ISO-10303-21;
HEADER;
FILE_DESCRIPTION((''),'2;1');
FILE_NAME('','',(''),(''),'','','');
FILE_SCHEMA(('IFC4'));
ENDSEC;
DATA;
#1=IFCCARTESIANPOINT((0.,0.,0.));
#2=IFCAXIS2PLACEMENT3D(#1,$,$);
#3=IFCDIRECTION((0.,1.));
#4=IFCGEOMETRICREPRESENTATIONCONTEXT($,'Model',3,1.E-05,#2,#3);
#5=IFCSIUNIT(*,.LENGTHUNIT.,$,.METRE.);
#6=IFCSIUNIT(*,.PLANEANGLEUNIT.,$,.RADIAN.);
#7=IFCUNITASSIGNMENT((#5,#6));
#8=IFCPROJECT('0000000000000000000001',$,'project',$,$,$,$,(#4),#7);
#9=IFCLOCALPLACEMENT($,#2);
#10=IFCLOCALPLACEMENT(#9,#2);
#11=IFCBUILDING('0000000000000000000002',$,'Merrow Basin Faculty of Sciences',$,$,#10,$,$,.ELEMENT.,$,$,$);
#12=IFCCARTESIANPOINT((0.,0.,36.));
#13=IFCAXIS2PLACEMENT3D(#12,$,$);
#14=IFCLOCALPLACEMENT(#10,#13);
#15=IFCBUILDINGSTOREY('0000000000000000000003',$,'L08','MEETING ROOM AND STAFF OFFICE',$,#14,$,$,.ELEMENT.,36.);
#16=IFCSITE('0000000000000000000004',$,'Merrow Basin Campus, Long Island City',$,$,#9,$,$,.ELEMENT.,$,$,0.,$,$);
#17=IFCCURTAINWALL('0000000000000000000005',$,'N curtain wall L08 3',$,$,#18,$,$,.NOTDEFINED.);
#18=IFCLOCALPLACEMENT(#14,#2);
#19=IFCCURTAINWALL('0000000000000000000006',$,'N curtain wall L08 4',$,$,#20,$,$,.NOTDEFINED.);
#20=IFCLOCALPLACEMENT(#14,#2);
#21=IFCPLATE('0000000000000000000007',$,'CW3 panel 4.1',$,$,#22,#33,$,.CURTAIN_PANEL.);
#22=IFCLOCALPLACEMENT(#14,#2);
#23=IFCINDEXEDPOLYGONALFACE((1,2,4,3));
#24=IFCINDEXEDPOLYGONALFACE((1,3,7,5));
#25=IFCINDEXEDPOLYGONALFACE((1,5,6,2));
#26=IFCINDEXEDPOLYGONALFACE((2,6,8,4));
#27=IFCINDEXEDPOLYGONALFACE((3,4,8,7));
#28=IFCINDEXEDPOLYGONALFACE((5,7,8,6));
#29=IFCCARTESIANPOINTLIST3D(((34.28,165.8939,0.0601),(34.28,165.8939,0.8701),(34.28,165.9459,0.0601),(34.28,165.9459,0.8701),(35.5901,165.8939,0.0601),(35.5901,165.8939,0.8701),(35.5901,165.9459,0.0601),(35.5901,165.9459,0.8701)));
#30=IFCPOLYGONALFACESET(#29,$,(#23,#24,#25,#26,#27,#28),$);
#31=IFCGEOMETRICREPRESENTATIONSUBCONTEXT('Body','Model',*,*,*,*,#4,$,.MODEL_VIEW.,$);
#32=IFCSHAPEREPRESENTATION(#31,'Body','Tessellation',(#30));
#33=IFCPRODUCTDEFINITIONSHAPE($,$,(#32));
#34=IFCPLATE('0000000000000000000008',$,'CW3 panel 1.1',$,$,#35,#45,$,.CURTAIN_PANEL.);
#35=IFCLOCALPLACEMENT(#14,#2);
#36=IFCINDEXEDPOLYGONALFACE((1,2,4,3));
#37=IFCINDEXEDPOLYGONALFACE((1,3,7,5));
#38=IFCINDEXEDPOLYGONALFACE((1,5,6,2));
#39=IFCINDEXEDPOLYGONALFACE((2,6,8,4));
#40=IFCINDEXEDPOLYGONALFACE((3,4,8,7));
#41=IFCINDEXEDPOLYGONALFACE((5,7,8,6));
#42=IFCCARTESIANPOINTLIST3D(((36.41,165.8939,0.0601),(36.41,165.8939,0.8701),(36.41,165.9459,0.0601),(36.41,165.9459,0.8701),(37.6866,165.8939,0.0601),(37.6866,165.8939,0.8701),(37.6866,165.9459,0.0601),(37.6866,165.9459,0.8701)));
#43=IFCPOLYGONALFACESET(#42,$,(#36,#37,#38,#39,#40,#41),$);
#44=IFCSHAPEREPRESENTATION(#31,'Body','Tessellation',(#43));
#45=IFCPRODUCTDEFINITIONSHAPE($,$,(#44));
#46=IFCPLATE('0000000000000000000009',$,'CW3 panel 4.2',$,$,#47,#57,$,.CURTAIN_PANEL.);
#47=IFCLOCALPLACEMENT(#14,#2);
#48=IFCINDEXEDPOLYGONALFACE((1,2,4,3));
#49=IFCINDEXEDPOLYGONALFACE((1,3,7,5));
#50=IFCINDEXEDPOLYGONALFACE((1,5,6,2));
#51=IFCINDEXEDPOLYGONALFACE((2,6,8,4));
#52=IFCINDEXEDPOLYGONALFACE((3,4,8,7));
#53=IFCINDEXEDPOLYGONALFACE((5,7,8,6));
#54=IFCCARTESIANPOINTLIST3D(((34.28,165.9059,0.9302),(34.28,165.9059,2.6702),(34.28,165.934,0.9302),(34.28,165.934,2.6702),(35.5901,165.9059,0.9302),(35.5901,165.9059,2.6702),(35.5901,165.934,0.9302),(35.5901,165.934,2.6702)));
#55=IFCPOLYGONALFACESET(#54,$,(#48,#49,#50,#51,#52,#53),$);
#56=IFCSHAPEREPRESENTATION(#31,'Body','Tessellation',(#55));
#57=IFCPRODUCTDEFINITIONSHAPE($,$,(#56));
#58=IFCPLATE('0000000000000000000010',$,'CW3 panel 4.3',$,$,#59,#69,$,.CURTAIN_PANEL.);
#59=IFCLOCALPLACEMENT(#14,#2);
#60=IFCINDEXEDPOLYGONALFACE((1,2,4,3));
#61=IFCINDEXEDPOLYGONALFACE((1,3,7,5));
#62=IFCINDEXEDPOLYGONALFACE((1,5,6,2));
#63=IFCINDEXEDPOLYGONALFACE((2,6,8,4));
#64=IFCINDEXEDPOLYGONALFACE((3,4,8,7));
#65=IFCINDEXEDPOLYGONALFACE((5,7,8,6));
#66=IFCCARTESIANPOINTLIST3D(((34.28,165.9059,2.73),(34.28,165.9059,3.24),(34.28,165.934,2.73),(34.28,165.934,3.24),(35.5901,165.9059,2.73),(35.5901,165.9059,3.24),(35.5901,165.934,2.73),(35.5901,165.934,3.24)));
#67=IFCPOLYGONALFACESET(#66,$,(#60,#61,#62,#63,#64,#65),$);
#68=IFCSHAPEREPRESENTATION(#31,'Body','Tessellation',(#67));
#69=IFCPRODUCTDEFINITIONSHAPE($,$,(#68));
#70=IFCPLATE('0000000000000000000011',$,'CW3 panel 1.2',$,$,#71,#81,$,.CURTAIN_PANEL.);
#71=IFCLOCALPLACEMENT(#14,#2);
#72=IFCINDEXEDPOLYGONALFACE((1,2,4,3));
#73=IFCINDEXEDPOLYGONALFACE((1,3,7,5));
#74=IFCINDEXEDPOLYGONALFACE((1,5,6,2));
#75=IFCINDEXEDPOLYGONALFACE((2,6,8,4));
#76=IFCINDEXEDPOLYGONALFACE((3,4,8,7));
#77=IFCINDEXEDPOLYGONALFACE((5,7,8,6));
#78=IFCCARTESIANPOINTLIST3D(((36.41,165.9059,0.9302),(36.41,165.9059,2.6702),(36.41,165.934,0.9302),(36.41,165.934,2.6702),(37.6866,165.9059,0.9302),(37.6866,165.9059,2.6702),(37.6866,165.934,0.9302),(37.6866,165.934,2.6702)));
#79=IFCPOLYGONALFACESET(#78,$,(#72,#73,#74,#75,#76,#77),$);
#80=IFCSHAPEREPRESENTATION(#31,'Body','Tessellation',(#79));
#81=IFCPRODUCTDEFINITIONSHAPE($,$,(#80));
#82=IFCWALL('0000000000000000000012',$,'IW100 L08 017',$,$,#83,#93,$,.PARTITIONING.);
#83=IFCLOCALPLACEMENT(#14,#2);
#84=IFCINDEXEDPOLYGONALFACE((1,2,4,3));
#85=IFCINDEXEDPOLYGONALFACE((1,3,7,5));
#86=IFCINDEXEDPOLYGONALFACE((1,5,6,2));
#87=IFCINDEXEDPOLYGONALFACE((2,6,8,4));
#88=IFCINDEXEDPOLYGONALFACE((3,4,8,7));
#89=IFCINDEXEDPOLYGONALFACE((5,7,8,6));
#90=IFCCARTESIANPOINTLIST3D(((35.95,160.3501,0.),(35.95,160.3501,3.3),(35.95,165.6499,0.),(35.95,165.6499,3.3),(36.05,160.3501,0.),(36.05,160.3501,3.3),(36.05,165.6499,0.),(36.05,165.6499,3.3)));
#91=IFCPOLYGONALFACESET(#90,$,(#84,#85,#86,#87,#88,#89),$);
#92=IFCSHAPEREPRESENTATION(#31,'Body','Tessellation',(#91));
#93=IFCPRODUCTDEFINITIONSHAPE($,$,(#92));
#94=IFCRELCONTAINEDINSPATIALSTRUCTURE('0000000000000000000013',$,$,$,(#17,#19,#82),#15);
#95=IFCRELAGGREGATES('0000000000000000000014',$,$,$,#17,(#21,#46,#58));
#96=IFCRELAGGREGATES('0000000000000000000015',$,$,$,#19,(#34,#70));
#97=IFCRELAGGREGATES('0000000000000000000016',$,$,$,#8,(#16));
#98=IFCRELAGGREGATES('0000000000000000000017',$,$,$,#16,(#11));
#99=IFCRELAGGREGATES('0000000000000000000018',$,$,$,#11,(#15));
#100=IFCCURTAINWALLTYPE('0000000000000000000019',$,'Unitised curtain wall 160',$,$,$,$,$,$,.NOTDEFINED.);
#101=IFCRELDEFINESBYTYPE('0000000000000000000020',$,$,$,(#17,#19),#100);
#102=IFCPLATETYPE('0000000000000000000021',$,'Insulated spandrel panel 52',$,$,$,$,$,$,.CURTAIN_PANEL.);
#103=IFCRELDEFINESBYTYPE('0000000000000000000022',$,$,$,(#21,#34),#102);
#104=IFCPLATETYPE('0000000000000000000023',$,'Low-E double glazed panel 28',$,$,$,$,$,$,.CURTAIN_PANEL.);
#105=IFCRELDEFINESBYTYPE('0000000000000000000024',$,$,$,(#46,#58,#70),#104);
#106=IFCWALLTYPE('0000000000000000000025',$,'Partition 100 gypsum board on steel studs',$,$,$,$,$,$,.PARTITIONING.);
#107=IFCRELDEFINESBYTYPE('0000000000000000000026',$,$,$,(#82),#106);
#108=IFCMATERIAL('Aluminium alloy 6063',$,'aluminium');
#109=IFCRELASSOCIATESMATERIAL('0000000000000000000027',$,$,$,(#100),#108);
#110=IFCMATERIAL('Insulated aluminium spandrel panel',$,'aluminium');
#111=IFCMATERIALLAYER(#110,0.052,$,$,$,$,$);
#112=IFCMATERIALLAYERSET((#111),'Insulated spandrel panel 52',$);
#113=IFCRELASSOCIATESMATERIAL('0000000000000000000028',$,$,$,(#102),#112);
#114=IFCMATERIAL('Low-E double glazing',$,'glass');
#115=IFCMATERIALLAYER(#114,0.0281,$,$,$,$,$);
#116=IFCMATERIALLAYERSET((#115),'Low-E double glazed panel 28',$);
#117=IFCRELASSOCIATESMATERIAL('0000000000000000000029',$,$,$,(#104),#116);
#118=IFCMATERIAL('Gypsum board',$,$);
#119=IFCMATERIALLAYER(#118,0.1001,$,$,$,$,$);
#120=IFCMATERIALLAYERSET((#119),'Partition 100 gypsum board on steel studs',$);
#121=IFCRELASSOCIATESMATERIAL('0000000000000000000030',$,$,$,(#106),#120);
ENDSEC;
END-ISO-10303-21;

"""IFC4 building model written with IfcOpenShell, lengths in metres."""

from ifc_helpers import new_model, si_unit, direction, frame, frame_2d, origin, origin_2d, place, context, subcontext, project, spatial, rectangle, extrude, material, layer, layer_set, type_object, element, aggregate, save


model = new_model("IFC4")

# Units and contexts
model_context = context("Model", 3, precision=1e-05, world=origin(), true_north=direction((0.0, 1.0)))
body_context = subcontext(model_context, "Body", "Model", "MODEL_VIEW")
ifc_project = project(units=[si_unit("LENGTHUNIT", "METRE"), si_unit("PLANEANGLEUNIT", "RADIAN")], contexts=[model_context])

# Site, building, storey
site_placement = place(None, origin())
site = spatial("IfcSite", under=ifc_project, at=site_placement, Name="Merrow Basin Campus, Long Island City", CompositionType="ELEMENT", RefElevation=0.0)
building_placement = place(site_placement, origin())
building = spatial("IfcBuilding", under=site, at=building_placement, Name="Merrow Basin Faculty of Sciences", CompositionType="ELEMENT")
storey_placement = place(building_placement, frame((0.0, 0.0, 36.0)))
storey = spatial("IfcBuildingStorey", under=building, at=storey_placement, Name="L08", Description="MEETING ROOM AND STAFF OFFICE", CompositionType="ELEMENT", Elevation=36.0)

# Curtain walls
ifc_material_1 = material(Name="Aluminium alloy 6063", Category="aluminium")
curtain_wall_type = type_object("IfcCurtainWallType", Name="Unitised curtain wall 160", PredefinedType="NOTDEFINED", material=ifc_material_1)
curtain_wall_1_placement = place(storey_placement, origin())
curtain_wall_1 = element("IfcCurtainWall", 1, at=curtain_wall_1_placement, inside=storey, type_object=curtain_wall_type, Name="N curtain wall L08 3", PredefinedType="NOTDEFINED")
curtain_wall_2_placement = place(storey_placement, origin())
curtain_wall_2 = element("IfcCurtainWall", 2, at=curtain_wall_2_placement, inside=storey, type_object=curtain_wall_type, Name="N curtain wall L08 4", PredefinedType="NOTDEFINED")

# Plates
ifc_material_2 = material(Name="Insulated aluminium spandrel panel", Category="aluminium")
ifc_layer_1 = layer(ifc_material_2, 0.052)
ifc_layer_set_1 = layer_set([ifc_layer_1], Name="Insulated spandrel panel 52")
plate_type_1 = type_object("IfcPlateType", Name="Insulated spandrel panel 52", PredefinedType="CURTAIN_PANEL", material=ifc_layer_set_1)
plate_1_placement = place(storey_placement, frame((34.9351, 165.9199, 0.0601), z_axis=(0.0, 0.0, 1.0), x_axis=(1.0, 0.0, 0.0)))
plate_1 = element("IfcPlate", 3, at=plate_1_placement, type_object=plate_type_1, Name="CW3 panel 4.1", PredefinedType="CURTAIN_PANEL", context=body_context, shape_type="SweptSolid", body=[
    extrude(rectangle(XDim=1.3101, YDim=0.052, at=origin_2d()), origin(), (0.0, 0.0, 1.0), 0.8101),
])
plate_2_placement = place(storey_placement, frame((37.0483, 165.9199, 0.0601), z_axis=(0.0, 0.0, 1.0), x_axis=(1.0, 0.0, 0.0)))
plate_2 = element("IfcPlate", 4, at=plate_2_placement, type_object=plate_type_1, Name="CW3 panel 1.1", PredefinedType="CURTAIN_PANEL", context=body_context, shape_type="SweptSolid", body=[
    extrude(rectangle(XDim=1.2766, YDim=0.052, at=origin_2d()), origin(), (0.0, 0.0, 1.0), 0.8101),
])
ifc_material_3 = material(Name="Low-E double glazing", Category="glass")
ifc_layer_2 = layer(ifc_material_3, 0.0281)
ifc_layer_set_2 = layer_set([ifc_layer_2], Name="Low-E double glazed panel 28")
plate_type_2 = type_object("IfcPlateType", Name="Low-E double glazed panel 28", PredefinedType="CURTAIN_PANEL", material=ifc_layer_set_2)
plate_3_placement = place(storey_placement, frame((34.9351, 165.9199, 0.9302), z_axis=(0.0, 0.0, 1.0), x_axis=(1.0, 0.0, 0.0)))
plate_3 = element("IfcPlate", 5, at=plate_3_placement, type_object=plate_type_2, Name="CW3 panel 4.2", PredefinedType="CURTAIN_PANEL", context=body_context, shape_type="SweptSolid", body=[
    extrude(rectangle(XDim=1.3101, YDim=0.0281, at=origin_2d()), origin(), (0.0, 0.0, 1.0), 1.74),
])
plate_4_placement = place(storey_placement, frame((34.9351, 165.9199, 2.73), z_axis=(0.0, 0.0, 1.0), x_axis=(1.0, 0.0, 0.0)))
plate_4 = element("IfcPlate", 6, at=plate_4_placement, type_object=plate_type_2, Name="CW3 panel 4.3", PredefinedType="CURTAIN_PANEL", context=body_context, shape_type="SweptSolid", body=[
    extrude(rectangle(XDim=1.3101, YDim=0.0281, at=origin_2d()), origin(), (0.0, 0.0, 1.0), 0.51),
])
aggregate(curtain_wall_1, [plate_1, plate_3, plate_4])
plate_5_placement = place(storey_placement, frame((37.0483, 165.9199, 0.9302), z_axis=(0.0, 0.0, 1.0), x_axis=(1.0, 0.0, 0.0)))
plate_5 = element("IfcPlate", 7, at=plate_5_placement, type_object=plate_type_2, Name="CW3 panel 1.2", PredefinedType="CURTAIN_PANEL", context=body_context, shape_type="SweptSolid", body=[
    extrude(rectangle(XDim=1.2766, YDim=0.0281, at=origin_2d()), origin(), (0.0, 0.0, 1.0), 1.74),
])
aggregate(curtain_wall_2, [plate_2, plate_5])

# Wall
ifc_material_4 = material(Name="Gypsum board")
ifc_layer_3 = layer(ifc_material_4, 0.1001)
ifc_layer_set_3 = layer_set([ifc_layer_3], Name="Partition 100 gypsum board on steel studs")
wall_type = type_object("IfcWallType", Name="Partition 100 gypsum board on steel studs", PredefinedType="PARTITIONING", material=ifc_layer_set_3)
wall_placement = place(storey_placement, frame((36.0, 160.3501, 0.0), z_axis=(0.0, 0.0, 1.0), x_axis=(0.0, 1.0, 0.0)))
element("IfcWall", 8, at=wall_placement, inside=storey, type_object=wall_type, Name="IW100 L08 017", PredefinedType="PARTITIONING", context=body_context, shape_type="SweptSolid", body=[
    extrude(rectangle(XDim=5.2998, YDim=0.1001, at=frame_2d((2.6499, 0.0))), origin(), (0.0, 0.0, 1.0), 3.3),
])

save(model, "model.ifc")
